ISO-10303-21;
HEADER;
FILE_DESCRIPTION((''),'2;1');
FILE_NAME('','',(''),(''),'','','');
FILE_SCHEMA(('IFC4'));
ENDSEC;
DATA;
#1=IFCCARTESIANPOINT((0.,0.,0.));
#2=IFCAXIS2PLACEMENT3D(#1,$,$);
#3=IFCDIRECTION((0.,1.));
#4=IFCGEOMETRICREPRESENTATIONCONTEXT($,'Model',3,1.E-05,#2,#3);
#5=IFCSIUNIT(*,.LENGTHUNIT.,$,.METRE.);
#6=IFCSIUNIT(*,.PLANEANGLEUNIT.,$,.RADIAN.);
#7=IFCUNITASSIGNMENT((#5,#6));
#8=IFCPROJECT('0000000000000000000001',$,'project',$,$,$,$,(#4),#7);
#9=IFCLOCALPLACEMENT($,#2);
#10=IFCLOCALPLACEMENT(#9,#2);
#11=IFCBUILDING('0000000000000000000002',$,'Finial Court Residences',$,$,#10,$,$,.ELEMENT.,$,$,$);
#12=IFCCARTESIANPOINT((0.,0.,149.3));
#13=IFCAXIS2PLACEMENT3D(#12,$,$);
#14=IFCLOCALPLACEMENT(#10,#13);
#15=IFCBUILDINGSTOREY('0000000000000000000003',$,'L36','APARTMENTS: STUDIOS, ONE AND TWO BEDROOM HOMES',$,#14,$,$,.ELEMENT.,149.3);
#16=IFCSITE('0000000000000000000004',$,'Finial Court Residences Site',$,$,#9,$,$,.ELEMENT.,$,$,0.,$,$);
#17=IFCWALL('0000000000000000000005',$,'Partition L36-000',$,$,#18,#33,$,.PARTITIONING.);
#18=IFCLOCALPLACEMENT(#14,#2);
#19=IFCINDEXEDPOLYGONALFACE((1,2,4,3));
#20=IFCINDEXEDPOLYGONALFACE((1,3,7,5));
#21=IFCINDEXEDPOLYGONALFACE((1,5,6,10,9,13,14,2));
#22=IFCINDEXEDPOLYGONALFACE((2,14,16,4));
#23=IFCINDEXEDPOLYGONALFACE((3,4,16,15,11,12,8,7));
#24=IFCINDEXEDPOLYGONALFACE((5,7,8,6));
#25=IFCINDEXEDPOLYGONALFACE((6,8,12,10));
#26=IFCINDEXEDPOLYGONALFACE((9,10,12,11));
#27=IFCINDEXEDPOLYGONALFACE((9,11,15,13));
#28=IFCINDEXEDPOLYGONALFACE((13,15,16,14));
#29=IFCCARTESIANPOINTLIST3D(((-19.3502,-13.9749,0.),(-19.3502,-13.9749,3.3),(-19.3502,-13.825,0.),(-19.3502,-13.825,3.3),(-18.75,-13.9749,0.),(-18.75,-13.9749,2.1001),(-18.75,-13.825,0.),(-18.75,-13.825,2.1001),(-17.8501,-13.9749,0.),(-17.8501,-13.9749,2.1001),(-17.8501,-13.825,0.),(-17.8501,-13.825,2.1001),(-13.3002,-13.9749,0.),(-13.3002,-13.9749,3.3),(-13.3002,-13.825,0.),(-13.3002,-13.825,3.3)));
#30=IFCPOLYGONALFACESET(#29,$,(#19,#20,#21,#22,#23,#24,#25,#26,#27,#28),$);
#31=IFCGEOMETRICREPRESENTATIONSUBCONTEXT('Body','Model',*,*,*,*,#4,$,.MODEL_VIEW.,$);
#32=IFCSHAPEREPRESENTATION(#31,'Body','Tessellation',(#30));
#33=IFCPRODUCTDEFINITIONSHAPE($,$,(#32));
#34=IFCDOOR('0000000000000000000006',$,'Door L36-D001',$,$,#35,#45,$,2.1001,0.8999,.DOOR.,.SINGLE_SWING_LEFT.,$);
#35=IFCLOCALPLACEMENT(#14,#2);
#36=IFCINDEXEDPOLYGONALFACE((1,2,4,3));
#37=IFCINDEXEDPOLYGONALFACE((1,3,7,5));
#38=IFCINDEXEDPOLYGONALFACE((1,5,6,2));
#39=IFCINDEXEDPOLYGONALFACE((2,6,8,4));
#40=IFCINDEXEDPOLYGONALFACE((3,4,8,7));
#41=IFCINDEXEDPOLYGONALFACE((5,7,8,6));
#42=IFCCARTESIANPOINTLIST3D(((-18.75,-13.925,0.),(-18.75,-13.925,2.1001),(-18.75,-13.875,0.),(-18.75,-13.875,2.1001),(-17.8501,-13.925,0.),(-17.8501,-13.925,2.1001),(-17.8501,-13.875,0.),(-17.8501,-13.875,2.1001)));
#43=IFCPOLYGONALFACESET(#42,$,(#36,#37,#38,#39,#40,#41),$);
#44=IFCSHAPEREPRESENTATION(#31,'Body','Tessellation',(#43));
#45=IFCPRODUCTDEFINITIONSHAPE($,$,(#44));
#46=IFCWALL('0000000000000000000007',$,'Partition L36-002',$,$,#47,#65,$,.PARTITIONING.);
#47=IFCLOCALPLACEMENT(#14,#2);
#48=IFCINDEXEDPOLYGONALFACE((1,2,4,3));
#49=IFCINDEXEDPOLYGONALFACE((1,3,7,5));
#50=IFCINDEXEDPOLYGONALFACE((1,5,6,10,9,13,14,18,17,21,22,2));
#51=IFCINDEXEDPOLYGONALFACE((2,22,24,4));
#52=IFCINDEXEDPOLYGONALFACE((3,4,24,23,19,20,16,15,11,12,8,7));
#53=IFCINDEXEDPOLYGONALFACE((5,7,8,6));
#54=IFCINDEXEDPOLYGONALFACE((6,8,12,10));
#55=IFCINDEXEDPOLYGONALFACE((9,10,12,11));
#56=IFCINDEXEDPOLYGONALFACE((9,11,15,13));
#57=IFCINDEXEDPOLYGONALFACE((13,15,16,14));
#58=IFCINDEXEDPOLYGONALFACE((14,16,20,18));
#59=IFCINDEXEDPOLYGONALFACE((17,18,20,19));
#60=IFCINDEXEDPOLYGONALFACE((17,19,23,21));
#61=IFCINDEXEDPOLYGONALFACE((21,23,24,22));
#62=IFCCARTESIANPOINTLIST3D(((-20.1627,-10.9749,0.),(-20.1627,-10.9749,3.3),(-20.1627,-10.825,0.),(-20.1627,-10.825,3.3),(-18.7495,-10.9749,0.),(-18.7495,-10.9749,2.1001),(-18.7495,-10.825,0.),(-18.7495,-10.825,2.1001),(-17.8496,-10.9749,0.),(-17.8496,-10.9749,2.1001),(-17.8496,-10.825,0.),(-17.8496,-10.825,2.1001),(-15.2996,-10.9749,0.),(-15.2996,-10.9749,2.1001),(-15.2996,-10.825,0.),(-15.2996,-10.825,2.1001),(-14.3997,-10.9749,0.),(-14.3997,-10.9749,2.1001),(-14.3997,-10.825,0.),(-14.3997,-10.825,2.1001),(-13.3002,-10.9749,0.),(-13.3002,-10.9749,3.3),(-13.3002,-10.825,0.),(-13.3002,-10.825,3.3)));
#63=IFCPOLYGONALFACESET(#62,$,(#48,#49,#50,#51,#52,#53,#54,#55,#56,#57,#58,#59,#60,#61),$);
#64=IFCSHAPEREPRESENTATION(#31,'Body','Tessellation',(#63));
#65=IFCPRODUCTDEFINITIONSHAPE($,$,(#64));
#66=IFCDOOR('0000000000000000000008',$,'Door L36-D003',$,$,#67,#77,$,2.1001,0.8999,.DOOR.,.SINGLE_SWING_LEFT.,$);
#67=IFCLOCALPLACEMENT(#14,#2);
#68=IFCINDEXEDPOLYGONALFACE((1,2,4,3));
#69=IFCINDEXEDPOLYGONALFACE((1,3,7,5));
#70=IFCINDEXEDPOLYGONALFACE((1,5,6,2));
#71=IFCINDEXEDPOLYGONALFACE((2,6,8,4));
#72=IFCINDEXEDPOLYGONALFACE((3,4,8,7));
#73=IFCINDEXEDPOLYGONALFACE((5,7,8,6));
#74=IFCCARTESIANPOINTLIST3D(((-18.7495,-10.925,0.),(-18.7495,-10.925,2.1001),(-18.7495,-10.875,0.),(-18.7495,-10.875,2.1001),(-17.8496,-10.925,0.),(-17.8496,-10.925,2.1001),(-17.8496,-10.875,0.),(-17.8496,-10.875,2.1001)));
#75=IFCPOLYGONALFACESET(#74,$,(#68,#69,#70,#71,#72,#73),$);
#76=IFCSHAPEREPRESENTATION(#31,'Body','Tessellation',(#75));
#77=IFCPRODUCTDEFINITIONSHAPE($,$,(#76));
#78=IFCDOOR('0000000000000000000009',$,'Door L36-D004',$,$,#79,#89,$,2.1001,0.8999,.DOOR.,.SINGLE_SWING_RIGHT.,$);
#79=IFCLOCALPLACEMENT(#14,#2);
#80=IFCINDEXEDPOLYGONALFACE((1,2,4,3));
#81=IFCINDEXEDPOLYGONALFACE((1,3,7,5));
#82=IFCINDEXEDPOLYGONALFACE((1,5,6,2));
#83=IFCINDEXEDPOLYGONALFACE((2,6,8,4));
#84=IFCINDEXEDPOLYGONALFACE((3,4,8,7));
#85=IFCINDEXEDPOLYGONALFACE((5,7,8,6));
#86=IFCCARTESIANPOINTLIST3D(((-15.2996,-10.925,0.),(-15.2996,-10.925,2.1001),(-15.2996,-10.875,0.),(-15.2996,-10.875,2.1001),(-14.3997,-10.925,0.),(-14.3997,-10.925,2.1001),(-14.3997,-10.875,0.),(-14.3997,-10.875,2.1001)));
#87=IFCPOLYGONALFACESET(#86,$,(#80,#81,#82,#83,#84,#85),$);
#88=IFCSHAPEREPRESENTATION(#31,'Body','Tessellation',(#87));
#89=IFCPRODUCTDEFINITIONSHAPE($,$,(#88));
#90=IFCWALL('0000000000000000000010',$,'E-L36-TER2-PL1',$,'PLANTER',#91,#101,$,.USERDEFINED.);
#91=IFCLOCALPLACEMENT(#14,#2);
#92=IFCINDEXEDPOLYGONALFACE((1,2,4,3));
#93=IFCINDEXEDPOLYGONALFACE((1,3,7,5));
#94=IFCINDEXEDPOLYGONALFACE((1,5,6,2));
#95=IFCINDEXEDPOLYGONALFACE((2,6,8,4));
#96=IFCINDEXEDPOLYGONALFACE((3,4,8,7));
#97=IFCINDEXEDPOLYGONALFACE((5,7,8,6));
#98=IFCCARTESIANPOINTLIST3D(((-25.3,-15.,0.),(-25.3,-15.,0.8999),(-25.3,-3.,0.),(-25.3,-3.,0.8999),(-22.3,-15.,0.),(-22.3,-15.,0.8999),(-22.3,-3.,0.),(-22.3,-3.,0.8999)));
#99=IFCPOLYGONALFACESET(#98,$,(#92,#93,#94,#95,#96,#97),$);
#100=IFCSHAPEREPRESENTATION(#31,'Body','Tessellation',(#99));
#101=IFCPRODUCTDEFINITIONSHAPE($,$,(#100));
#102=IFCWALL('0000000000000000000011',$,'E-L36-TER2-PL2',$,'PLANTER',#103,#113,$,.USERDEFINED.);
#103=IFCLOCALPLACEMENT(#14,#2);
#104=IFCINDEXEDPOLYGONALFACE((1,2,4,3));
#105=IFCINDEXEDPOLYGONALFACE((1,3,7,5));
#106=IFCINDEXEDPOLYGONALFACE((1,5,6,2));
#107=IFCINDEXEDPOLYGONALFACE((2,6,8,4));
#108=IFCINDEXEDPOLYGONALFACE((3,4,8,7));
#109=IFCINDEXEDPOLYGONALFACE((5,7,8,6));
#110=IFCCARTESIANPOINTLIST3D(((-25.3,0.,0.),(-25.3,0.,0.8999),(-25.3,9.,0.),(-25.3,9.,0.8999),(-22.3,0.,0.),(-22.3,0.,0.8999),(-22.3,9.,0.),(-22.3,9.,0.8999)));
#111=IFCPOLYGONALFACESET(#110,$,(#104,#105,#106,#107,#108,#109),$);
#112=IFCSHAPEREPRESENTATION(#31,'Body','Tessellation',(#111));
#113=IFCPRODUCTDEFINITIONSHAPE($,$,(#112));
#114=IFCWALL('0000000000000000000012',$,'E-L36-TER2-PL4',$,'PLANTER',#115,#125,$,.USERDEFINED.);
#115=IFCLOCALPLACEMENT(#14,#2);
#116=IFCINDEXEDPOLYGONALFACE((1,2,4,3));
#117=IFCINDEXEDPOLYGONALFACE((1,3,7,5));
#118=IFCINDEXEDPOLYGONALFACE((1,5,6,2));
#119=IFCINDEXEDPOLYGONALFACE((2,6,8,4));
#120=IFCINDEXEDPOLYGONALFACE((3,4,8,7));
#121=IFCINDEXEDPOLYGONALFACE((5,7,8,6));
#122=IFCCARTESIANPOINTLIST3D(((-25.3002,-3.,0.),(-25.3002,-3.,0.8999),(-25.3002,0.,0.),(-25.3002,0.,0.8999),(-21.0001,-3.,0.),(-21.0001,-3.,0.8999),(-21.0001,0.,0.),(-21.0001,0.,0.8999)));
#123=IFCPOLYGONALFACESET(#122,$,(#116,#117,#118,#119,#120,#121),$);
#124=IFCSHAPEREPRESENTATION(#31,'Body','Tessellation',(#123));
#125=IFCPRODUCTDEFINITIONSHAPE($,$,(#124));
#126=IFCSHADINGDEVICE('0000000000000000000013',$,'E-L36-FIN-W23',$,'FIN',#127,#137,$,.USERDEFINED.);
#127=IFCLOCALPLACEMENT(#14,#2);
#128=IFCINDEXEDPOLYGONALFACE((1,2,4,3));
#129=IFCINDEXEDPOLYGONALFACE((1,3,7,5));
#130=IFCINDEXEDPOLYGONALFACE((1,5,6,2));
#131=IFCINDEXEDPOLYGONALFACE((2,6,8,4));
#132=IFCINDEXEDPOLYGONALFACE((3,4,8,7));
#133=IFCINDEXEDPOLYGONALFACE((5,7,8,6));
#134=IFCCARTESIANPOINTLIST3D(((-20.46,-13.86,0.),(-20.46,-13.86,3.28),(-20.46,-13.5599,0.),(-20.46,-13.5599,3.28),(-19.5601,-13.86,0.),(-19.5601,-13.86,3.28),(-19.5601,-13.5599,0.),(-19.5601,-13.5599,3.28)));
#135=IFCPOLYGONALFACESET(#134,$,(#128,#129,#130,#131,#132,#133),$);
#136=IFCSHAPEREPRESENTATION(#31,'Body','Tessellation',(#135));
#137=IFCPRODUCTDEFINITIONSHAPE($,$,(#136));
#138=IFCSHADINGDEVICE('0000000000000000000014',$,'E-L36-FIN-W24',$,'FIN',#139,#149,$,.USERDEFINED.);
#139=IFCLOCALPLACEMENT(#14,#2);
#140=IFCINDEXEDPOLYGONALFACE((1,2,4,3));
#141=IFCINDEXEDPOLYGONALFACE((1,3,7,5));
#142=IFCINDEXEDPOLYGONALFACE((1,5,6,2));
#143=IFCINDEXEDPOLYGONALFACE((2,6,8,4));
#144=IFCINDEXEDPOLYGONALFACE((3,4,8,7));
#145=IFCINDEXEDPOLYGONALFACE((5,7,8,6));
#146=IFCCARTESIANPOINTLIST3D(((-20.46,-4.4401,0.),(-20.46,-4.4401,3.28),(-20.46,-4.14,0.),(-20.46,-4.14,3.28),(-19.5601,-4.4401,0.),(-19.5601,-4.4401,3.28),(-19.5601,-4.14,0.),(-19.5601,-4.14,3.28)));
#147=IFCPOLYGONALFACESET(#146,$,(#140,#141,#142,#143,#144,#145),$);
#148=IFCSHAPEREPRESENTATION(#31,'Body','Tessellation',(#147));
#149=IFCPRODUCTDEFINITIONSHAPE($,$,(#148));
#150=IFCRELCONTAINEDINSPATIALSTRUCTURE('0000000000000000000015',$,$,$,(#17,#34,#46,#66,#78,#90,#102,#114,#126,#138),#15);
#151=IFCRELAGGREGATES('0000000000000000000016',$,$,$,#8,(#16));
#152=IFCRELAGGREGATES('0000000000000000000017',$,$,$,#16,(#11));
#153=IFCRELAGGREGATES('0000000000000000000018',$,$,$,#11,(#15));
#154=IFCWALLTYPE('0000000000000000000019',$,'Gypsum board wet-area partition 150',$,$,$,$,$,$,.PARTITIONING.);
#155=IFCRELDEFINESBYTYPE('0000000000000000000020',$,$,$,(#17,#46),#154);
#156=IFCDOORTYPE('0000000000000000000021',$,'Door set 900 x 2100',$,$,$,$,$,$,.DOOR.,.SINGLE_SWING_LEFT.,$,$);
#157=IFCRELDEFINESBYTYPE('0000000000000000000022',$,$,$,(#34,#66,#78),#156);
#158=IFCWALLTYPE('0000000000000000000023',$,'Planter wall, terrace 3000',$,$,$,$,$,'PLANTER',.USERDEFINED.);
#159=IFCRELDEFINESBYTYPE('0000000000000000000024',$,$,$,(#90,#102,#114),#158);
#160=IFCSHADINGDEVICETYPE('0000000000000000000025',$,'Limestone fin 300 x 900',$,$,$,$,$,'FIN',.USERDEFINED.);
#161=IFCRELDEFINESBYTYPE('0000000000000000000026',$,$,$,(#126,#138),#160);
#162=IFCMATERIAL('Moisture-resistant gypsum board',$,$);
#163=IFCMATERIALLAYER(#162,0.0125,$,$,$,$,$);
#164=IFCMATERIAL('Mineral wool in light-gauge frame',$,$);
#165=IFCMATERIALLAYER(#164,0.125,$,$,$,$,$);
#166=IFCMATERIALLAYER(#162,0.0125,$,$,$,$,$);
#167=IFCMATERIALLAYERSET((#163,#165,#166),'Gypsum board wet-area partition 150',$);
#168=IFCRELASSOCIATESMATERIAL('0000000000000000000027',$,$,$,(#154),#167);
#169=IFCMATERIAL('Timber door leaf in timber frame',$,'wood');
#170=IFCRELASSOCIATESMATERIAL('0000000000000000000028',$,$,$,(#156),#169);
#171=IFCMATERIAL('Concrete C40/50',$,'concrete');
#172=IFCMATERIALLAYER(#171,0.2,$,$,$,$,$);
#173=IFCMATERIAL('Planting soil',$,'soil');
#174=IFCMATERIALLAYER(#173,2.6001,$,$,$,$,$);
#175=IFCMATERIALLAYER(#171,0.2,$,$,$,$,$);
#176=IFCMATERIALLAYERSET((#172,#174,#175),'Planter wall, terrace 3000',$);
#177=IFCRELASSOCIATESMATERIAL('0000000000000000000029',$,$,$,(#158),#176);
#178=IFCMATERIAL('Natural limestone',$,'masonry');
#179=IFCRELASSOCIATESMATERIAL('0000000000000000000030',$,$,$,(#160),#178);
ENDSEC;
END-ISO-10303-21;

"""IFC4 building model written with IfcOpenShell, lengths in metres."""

from ifc_helpers import new_model, si_unit, direction, frame, frame_2d, origin, origin_2d, place, context, subcontext, project, spatial, rectangle, extrude, material, layer, layer_set, type_object, element, fill, save


model = new_model("IFC4")

# Units and contexts
model_context = context("Model", 3, precision=1e-05, world=origin(), true_north=direction((0.0, 1.0)))
body_context = subcontext(model_context, "Body", "Model", "MODEL_VIEW")
ifc_project = project(units=[si_unit("LENGTHUNIT", "METRE"), si_unit("PLANEANGLEUNIT", "RADIAN")], contexts=[model_context])

# Site, building, storey
site_placement = place(None, origin())
site = spatial("IfcSite", under=ifc_project, at=site_placement, Name="Finial Court Residences Site", CompositionType="ELEMENT", RefElevation=0.0)
building_placement = place(site_placement, origin())
building = spatial("IfcBuilding", under=site, at=building_placement, Name="Finial Court Residences", CompositionType="ELEMENT")
storey_placement = place(building_placement, frame((0.0, 0.0, 149.3)))
storey = spatial("IfcBuildingStorey", under=building, at=storey_placement, Name="L36", Description="APARTMENTS: STUDIOS, ONE AND TWO BEDROOM HOMES", CompositionType="ELEMENT", Elevation=149.3)

# Wall, opening, door
ifc_material_1 = material(Name="Moisture-resistant gypsum board")
ifc_layer_1 = layer(ifc_material_1, 0.0125)
ifc_material_2 = material(Name="Mineral wool in light-gauge frame")
ifc_layer_2 = layer(ifc_material_2, 0.125)
ifc_layer_3 = layer(ifc_material_1, 0.0125)
ifc_layer_set_1 = layer_set([ifc_layer_1, ifc_layer_2, ifc_layer_3], Name="Gypsum board wet-area partition 150")
wall_type_1 = type_object("IfcWallType", Name="Gypsum board wet-area partition 150", PredefinedType="PARTITIONING", material=ifc_layer_set_1)
wall_1_placement = place(storey_placement, frame((-19.3501, -13.8999, 0.0), z_axis=(0.0, 0.0, 1.0), x_axis=(1.0, 0.0, 0.0)))
wall_1 = element("IfcWall", 1, at=wall_1_placement, inside=storey, type_object=wall_type_1, Name="Partition L36-000", PredefinedType="PARTITIONING", context=body_context, shape_type="SweptSolid", body=[
    extrude(rectangle(XDim=6.05, YDim=0.1499, at=frame_2d((3.0249, 0.0))), origin(), (0.0, 0.0, 1.0), 3.3),
])
opening_1_placement = place(wall_1_placement, frame((0.6001, 0.0, 0.0)))
opening_1 = element("IfcOpeningElement", 2, at=opening_1_placement, cuts=wall_1, PredefinedType="OPENING", context=body_context, shape_type="SweptSolid", body=[
    extrude(rectangle(XDim=0.8999, YDim=2.1001, at=frame_2d((0.45, 1.05))), frame((0.0, 0.085, 0.0), z_axis=(0.0, -1.0, 0.0), x_axis=(1.0, 0.0, 0.0)), (0.0, 0.0, 1.0), 0.1699),
])
ifc_material_3 = material(Name="Timber door leaf in timber frame", Category="wood")
door_type_1 = type_object("IfcDoorType", Name="Door set 900 x 2100", OperationType="SINGLE_SWING_LEFT", PredefinedType="DOOR", material=ifc_material_3)
door_1_placement = place(opening_1_placement, origin())
door_1 = element("IfcDoor", 3, at=door_1_placement, inside=storey, type_object=door_type_1, Name="Door L36-D001", OperationType="SINGLE_SWING_LEFT", OverallHeight=2.1001, OverallWidth=0.8999, PredefinedType="DOOR", context=body_context, shape_type="SweptSolid", body=[
    extrude(rectangle(XDim=0.8999, YDim=2.1001, at=frame_2d((0.45, 1.05))), frame((0.0, 0.0249, 0.0), z_axis=(0.0, -1.0, 0.0), x_axis=(1.0, 0.0, 0.0)), (0.0, 0.0, 1.0), 0.05),
])
fill(opening_1, door_1)

# Wall, openings, doors
wall_2_placement = place(storey_placement, frame((-20.1626, -10.8999, 0.0), z_axis=(0.0, 0.0, 1.0), x_axis=(1.0, 0.0, 0.0)))
wall_2 = element("IfcWall", 4, at=wall_2_placement, inside=storey, type_object=wall_type_1, Name="Partition L36-002", PredefinedType="PARTITIONING", context=body_context, shape_type="SweptSolid", body=[
    extrude(rectangle(XDim=6.8625, YDim=0.1499, at=frame_2d((3.4312, 0.0))), origin(), (0.0, 0.0, 1.0), 3.3),
])
opening_2_placement = place(wall_2_placement, frame((1.4131, 0.0, 0.0)))
opening_2 = element("IfcOpeningElement", 5, at=opening_2_placement, cuts=wall_2, PredefinedType="OPENING", context=body_context, shape_type="SweptSolid", body=[
    extrude(rectangle(XDim=0.8999, YDim=2.1001, at=frame_2d((0.45, 1.05))), frame((0.0, 0.085, 0.0), z_axis=(0.0, -1.0, 0.0), x_axis=(1.0, 0.0, 0.0)), (0.0, 0.0, 1.0), 0.1699),
])
opening_3_placement = place(wall_2_placement, frame((4.863, 0.0, 0.0)))
opening_3 = element("IfcOpeningElement", 6, at=opening_3_placement, cuts=wall_2, PredefinedType="OPENING", context=body_context, shape_type="SweptSolid", body=[
    extrude(rectangle(XDim=0.8999, YDim=2.1001, at=frame_2d((0.45, 1.05))), frame((0.0, 0.085, 0.0), z_axis=(0.0, -1.0, 0.0), x_axis=(1.0, 0.0, 0.0)), (0.0, 0.0, 1.0), 0.1699),
])
door_2_placement = place(opening_2_placement, origin())
door_2 = element("IfcDoor", 7, at=door_2_placement, inside=storey, type_object=door_type_1, Name="Door L36-D003", OperationType="SINGLE_SWING_LEFT", OverallHeight=2.1001, OverallWidth=0.8999, PredefinedType="DOOR", context=body_context, shape_type="SweptSolid", body=[
    extrude(rectangle(XDim=0.8999, YDim=2.1001, at=frame_2d((0.45, 1.05))), frame((0.0, 0.0249, 0.0), z_axis=(0.0, -1.0, 0.0), x_axis=(1.0, 0.0, 0.0)), (0.0, 0.0, 1.0), 0.05),
])
fill(opening_2, door_2)
door_3_placement = place(opening_3_placement, origin())
door_3 = element("IfcDoor", 8, at=door_3_placement, inside=storey, type_object=door_type_1, Name="Door L36-D004", OperationType="SINGLE_SWING_RIGHT", OverallHeight=2.1001, OverallWidth=0.8999, PredefinedType="DOOR", context=body_context, shape_type="SweptSolid", body=[
    extrude(rectangle(XDim=0.8999, YDim=2.1001, at=frame_2d((0.45, 1.05))), frame((0.0, 0.0249, 0.0), z_axis=(0.0, -1.0, 0.0), x_axis=(1.0, 0.0, 0.0)), (0.0, 0.0, 1.0), 0.05),
])
fill(opening_3, door_3)

# Walls
ifc_material_4 = material(Name="Concrete C40/50", Category="concrete")
ifc_layer_4 = layer(ifc_material_4, 0.2)
ifc_material_5 = material(Name="Planting soil", Category="soil")
ifc_layer_5 = layer(ifc_material_5, 2.6001)
ifc_layer_6 = layer(ifc_material_4, 0.2)
ifc_layer_set_2 = layer_set([ifc_layer_4, ifc_layer_5, ifc_layer_6], Name="Planter wall, terrace 3000")
wall_type_2 = type_object("IfcWallType", Name="Planter wall, terrace 3000", ElementType="PLANTER", PredefinedType="USERDEFINED", material=ifc_layer_set_2)
wall_3_placement = place(storey_placement, frame((-23.8, -15.0, 0.0), z_axis=(0.0, 0.0, 1.0), x_axis=(0.0, 1.0, 0.0)))
element("IfcWall", 9, at=wall_3_placement, inside=storey, type_object=wall_type_2, Name="E-L36-TER2-PL1", ObjectType="PLANTER", PredefinedType="USERDEFINED", context=body_context, shape_type="SweptSolid", body=[
    extrude(rectangle(XDim=12.0, YDim=3.0, at=frame_2d((6.0, 0.0))), origin(), (0.0, 0.0, 1.0), 0.8999),
])
wall_4_placement = place(storey_placement, frame((-23.8, 0.0, 0.0), z_axis=(0.0, 0.0, 1.0), x_axis=(0.0, 1.0, 0.0)))
element("IfcWall", 10, at=wall_4_placement, inside=storey, type_object=wall_type_2, Name="E-L36-TER2-PL2", ObjectType="PLANTER", PredefinedType="USERDEFINED", context=body_context, shape_type="SweptSolid", body=[
    extrude(rectangle(XDim=9.0, YDim=3.0, at=frame_2d((4.5, 0.0))), origin(), (0.0, 0.0, 1.0), 0.8999),
])
wall_5_placement = place(storey_placement, frame((-25.3, -1.5, 0.0), z_axis=(0.0, 0.0, 1.0), x_axis=(1.0, 0.0, 0.0)))
element("IfcWall", 11, at=wall_5_placement, inside=storey, type_object=wall_type_2, Name="E-L36-TER2-PL4", ObjectType="PLANTER", PredefinedType="USERDEFINED", context=body_context, shape_type="SweptSolid", body=[
    extrude(rectangle(XDim=4.3, YDim=3.0, at=frame_2d((2.1499, 0.0))), origin(), (0.0, 0.0, 1.0), 0.8999),
])

# Shading devices
ifc_material_6 = material(Name="Natural limestone", Category="masonry")
shading_device_type = type_object("IfcShadingDeviceType", Name="Limestone fin 300 x 900", ElementType="FIN", PredefinedType="USERDEFINED", material=ifc_material_6)
for number, where, z_axis, x_axis, name in (
    (12, (-20.01, -13.71, 0.0), (0.0, 0.0, 1.0), (1.0, 0.0, 0.0), "E-L36-FIN-W23"),
    (13, (-20.01, -4.29, 0.0), (0.0, 0.0, 1.0), (1.0, 0.0, 0.0), "E-L36-FIN-W24"),
):
    element("IfcShadingDevice", number, at=place(storey_placement, frame(where, z_axis=z_axis, x_axis=x_axis)), inside=storey, type_object=shading_device_type, Name=name, ObjectType="FIN", PredefinedType="USERDEFINED", context=body_context, shape_type="SweptSolid", body=[
        extrude(rectangle(XDim=0.8999, YDim=0.3, at=origin_2d()), origin(), (0.0, 0.0, 1.0), 3.28),
    ])

save(model, "model.ifc")
